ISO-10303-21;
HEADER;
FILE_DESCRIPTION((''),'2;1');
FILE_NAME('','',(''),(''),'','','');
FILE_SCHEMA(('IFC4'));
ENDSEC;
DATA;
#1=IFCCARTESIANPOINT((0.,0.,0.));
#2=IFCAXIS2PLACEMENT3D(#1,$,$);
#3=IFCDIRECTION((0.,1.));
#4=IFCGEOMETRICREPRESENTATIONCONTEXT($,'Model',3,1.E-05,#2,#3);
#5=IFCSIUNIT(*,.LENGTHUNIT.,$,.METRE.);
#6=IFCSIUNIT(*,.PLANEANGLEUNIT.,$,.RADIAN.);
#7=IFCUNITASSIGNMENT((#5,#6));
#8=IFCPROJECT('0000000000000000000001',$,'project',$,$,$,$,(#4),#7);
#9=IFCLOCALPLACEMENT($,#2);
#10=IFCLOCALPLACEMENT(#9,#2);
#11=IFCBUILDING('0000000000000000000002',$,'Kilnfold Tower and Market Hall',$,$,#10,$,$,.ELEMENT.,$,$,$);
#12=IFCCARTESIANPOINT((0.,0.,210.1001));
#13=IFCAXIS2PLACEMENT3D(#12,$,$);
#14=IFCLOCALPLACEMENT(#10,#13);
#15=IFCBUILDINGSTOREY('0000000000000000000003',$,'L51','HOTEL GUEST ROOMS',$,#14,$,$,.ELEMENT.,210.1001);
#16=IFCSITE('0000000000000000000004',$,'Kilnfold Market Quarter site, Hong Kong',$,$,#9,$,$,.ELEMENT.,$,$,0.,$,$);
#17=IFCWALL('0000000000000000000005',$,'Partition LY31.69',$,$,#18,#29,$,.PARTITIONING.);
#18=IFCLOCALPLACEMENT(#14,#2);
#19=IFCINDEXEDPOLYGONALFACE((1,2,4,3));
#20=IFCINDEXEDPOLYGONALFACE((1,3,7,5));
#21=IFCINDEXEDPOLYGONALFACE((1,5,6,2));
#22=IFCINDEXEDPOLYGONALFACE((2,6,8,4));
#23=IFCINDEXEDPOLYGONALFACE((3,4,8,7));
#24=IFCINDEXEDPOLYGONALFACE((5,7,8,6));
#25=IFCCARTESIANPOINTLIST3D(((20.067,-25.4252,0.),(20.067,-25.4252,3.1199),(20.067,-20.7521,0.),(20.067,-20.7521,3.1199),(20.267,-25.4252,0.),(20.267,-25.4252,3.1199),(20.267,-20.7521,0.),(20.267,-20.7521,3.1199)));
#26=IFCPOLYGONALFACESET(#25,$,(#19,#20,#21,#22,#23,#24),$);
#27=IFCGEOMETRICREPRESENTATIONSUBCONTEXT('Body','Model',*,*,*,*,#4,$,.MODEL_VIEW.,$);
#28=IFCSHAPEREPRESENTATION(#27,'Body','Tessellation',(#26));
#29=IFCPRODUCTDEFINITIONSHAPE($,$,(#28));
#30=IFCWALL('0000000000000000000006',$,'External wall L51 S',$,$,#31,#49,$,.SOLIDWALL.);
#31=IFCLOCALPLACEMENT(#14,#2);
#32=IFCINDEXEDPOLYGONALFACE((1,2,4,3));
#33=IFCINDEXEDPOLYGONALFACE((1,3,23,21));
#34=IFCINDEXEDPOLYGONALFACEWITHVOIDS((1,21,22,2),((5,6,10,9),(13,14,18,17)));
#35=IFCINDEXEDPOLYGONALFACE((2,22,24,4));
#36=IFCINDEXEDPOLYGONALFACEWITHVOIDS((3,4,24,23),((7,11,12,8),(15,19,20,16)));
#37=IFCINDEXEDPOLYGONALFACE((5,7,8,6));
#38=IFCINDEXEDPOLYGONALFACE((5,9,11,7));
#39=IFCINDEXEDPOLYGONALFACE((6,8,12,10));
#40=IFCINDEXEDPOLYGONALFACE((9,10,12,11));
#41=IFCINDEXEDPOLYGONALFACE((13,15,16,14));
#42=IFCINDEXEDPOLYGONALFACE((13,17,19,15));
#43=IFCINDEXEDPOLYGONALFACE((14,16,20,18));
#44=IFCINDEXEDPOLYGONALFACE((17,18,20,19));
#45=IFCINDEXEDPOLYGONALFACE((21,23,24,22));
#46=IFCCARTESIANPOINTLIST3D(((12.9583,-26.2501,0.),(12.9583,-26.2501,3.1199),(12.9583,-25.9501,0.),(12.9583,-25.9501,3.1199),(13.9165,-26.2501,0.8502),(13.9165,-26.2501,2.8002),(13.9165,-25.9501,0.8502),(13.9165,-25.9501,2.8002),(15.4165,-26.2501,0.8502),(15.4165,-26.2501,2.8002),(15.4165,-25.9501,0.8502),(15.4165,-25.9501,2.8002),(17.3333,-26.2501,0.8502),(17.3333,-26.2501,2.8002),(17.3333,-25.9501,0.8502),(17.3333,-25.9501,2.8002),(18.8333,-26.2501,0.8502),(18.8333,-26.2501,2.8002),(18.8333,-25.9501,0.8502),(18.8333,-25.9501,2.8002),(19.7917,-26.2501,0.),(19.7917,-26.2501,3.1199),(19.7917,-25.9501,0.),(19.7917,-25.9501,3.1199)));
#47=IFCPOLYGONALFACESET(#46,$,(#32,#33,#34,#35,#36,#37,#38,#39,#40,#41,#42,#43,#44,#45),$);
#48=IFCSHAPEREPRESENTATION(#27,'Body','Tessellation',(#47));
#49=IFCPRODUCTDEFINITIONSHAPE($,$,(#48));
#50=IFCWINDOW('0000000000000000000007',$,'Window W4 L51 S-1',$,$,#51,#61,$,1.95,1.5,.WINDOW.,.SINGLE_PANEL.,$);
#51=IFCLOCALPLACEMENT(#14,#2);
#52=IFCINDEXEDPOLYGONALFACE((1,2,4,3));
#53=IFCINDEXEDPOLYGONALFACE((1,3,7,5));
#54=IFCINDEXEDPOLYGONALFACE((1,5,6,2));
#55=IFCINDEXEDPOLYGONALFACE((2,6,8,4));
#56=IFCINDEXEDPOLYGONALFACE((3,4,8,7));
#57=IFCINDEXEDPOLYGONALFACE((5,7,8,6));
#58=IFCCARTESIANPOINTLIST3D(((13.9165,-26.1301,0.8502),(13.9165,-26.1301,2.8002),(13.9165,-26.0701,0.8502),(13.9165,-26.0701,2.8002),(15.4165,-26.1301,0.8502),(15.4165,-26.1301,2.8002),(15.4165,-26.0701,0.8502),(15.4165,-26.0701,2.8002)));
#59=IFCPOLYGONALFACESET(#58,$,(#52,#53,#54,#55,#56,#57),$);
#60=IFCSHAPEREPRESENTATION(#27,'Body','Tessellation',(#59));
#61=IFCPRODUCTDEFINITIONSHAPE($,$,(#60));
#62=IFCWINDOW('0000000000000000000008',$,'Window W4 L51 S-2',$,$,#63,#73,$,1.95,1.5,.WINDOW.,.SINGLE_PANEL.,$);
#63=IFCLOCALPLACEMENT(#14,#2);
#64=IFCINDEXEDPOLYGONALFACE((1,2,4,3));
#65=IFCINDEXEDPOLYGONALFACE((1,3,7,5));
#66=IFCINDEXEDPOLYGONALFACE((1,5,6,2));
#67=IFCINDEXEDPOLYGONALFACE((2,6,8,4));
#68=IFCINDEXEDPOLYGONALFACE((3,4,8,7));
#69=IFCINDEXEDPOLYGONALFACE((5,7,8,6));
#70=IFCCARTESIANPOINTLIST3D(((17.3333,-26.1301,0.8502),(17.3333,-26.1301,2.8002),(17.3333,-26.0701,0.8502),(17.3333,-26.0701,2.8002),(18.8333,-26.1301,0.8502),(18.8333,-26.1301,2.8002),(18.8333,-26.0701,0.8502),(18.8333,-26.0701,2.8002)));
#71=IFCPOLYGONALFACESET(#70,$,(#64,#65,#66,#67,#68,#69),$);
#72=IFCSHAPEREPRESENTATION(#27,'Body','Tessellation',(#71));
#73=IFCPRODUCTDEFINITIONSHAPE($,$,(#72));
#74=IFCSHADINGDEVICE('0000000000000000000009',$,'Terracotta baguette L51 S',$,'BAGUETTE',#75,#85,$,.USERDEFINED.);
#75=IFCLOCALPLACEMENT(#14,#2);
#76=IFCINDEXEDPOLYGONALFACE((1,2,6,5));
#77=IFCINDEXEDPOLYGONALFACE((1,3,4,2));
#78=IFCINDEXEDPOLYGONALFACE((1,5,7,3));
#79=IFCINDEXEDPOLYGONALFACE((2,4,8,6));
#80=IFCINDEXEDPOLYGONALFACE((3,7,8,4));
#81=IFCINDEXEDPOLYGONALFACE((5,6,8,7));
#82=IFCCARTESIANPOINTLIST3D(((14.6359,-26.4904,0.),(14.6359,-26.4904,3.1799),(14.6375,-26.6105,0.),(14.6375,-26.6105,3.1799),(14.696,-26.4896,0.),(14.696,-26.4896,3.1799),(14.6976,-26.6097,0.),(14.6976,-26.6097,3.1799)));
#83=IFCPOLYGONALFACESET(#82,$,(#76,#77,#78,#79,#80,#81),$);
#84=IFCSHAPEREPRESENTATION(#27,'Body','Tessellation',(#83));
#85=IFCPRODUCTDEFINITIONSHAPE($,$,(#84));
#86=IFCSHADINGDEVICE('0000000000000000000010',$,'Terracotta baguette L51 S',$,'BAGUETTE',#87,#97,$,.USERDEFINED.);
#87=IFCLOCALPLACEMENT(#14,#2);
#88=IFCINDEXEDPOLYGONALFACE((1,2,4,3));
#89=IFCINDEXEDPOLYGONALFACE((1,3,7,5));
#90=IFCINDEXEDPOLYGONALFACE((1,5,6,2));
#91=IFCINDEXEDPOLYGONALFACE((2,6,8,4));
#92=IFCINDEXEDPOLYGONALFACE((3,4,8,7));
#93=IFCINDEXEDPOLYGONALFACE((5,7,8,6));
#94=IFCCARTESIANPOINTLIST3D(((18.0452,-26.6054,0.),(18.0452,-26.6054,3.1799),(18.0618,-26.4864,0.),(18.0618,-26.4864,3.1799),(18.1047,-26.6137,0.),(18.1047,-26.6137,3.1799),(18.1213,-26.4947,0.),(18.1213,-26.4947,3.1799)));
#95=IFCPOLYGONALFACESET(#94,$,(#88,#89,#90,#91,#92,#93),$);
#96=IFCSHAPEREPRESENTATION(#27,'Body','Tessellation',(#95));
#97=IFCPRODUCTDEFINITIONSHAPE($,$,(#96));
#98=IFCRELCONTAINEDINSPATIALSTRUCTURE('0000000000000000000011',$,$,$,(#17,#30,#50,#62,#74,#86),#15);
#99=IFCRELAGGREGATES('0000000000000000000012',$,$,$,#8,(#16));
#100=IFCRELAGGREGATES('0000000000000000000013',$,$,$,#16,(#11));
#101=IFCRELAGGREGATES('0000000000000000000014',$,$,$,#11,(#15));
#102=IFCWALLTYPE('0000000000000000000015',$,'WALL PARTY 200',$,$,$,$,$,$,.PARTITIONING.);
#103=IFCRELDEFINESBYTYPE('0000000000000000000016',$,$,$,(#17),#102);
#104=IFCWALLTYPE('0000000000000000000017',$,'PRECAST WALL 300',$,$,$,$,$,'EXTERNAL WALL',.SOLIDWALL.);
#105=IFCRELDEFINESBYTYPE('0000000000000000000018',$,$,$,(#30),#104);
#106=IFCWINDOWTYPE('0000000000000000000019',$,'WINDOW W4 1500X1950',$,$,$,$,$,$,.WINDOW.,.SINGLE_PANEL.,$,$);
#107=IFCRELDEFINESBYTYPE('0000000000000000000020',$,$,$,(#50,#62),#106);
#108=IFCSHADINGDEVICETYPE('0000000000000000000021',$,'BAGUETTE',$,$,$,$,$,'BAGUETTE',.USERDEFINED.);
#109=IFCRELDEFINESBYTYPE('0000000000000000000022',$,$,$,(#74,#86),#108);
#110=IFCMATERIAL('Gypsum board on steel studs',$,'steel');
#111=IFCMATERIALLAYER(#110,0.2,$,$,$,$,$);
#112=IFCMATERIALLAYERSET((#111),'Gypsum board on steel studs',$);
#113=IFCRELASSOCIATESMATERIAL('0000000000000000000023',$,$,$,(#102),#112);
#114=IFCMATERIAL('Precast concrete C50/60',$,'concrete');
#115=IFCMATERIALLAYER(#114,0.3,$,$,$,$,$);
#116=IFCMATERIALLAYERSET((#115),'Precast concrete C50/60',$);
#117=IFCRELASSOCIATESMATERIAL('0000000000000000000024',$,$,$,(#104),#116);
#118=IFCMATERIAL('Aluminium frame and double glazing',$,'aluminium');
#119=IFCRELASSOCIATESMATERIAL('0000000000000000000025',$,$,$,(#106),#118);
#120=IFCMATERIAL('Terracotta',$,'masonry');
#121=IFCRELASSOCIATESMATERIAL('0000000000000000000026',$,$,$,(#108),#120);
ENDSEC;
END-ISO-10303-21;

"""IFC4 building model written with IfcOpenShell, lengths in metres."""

from ifc_helpers import new_model, si_unit, direction, frame, frame_2d, origin, origin_2d, place, context, subcontext, project, spatial, rectangle, extrude, source, transform, mapped, material, layer, layer_set, material_profile, profile_set, type_object, element, fill, save


model = new_model("IFC4")

# Units and contexts
model_context = context("Model", 3, precision=1e-05, world=origin(), true_north=direction((0.0, 1.0)))
body_context = subcontext(model_context, "Body", "Model", "MODEL_VIEW")
ifc_project = project(units=[si_unit("LENGTHUNIT", "METRE"), si_unit("PLANEANGLEUNIT", "RADIAN")], contexts=[model_context])

# Site, building, storey
site_placement = place(None, origin())
site = spatial("IfcSite", under=ifc_project, at=site_placement, Name="Kilnfold Market Quarter site, Hong Kong", CompositionType="ELEMENT", RefElevation=0.0)
building_placement = place(site_placement, origin())
building = spatial("IfcBuilding", under=site, at=building_placement, Name="Kilnfold Tower and Market Hall", CompositionType="ELEMENT")
storey_placement = place(building_placement, frame((0.0, 0.0, 210.1001)))
storey = spatial("IfcBuildingStorey", under=building, at=storey_placement, Name="L51", Description="HOTEL GUEST ROOMS", CompositionType="ELEMENT", Elevation=210.1001)

# Wall
ifc_material_1 = material(Name="Gypsum board on steel studs", Category="steel")
ifc_layer_1 = layer(ifc_material_1, 0.2)
ifc_layer_set_1 = layer_set([ifc_layer_1], Name="Gypsum board on steel studs")
wall_type_1 = type_object("IfcWallType", Name="WALL PARTY 200", PredefinedType="PARTITIONING", material=ifc_layer_set_1)
wall_1_placement = place(storey_placement, frame((20.167, -25.425, 0.0), z_axis=(0.0, 0.0, 1.0), x_axis=(0.0, 1.0, 0.0)))
element("IfcWall", 1, at=wall_1_placement, inside=storey, type_object=wall_type_1, Name="Partition LY31.69", PredefinedType="PARTITIONING", context=body_context, shape_type="SweptSolid", body=[
    extrude(rectangle(XDim=4.6731, YDim=0.2, at=frame_2d((2.3364, 0.0))), origin(), (0.0, 0.0, 1.0), 3.1199),
])

# Wall, openings, windows
ifc_material_2 = material(Name="Precast concrete C50/60", Category="concrete")
ifc_layer_2 = layer(ifc_material_2, 0.3)
ifc_layer_set_2 = layer_set([ifc_layer_2], Name="Precast concrete C50/60")
wall_type_2 = type_object("IfcWallType", Name="PRECAST WALL 300", ElementType="EXTERNAL WALL", PredefinedType="SOLIDWALL", material=ifc_layer_set_2)
shared_shape_1 = source(origin(), body_context, "Body", "SweptSolid", [
    extrude(rectangle(XDim=6.8335, YDim=0.3, at=frame_2d((3.4167, 0.0))), origin(), (0.0, 0.0, 1.0), 3.1199),
])
wall_2_placement = place(storey_placement, frame((12.9583, -26.1001, 0.0), z_axis=(0.0, 0.0, 1.0), x_axis=(1.0, 0.0, 0.0)))
wall_2 = element("IfcWall", 2, at=wall_2_placement, inside=storey, type_object=wall_type_2, Name="External wall L51 S", PredefinedType="SOLIDWALL", context=body_context, shape_type="MappedRepresentation", body=[
    mapped(shared_shape_1, transform((0.0, 0.0, 0.0))),
])
opening_1_placement = place(wall_2_placement, frame((0.9583, 0.0, 0.8501)))
opening_1 = element("IfcOpeningElement", 3, at=opening_1_placement, cuts=wall_2, PredefinedType="OPENING", context=body_context, shape_type="SweptSolid", body=[
    extrude(rectangle(XDim=1.5, YDim=1.95, at=frame_2d((0.75, 0.9751))), frame((0.0, 0.1602, 0.0), z_axis=(0.0, -1.0, 0.0), x_axis=(1.0, 0.0, 0.0)), (0.0, 0.0, 1.0), 0.3201),
])
opening_2_placement = place(wall_2_placement, frame((4.375, 0.0, 0.8501)))
opening_2 = element("IfcOpeningElement", 4, at=opening_2_placement, cuts=wall_2, PredefinedType="OPENING", context=body_context, shape_type="SweptSolid", body=[
    extrude(rectangle(XDim=1.5, YDim=1.95, at=frame_2d((0.75, 0.9751))), frame((0.0, 0.1602, 0.0), z_axis=(0.0, -1.0, 0.0), x_axis=(1.0, 0.0, 0.0)), (0.0, 0.0, 1.0), 0.3201),
])
ifc_material_3 = material(Name="Aluminium frame and double glazing", Category="aluminium")
window_type = type_object("IfcWindowType", Name="WINDOW W4 1500X1950", PartitioningType="SINGLE_PANEL", PredefinedType="WINDOW", material=ifc_material_3)
window_1_placement = place(opening_1_placement, origin())
window_1 = element("IfcWindow", 5, at=window_1_placement, inside=storey, type_object=window_type, Name="Window W4 L51 S-1", OverallHeight=1.95, OverallWidth=1.5, PartitioningType="SINGLE_PANEL", PredefinedType="WINDOW", context=body_context, shape_type="SweptSolid", body=[
    extrude(rectangle(XDim=1.5, YDim=1.95, at=frame_2d((0.75, 0.9751))), frame((0.0, 0.03, 0.0), z_axis=(0.0, -1.0, 0.0), x_axis=(1.0, 0.0, 0.0)), (0.0, 0.0, 1.0), 0.0601),
])
fill(opening_1, window_1)
window_2_placement = place(opening_2_placement, origin())
window_2 = element("IfcWindow", 6, at=window_2_placement, inside=storey, type_object=window_type, Name="Window W4 L51 S-2", OverallHeight=1.95, OverallWidth=1.5, PartitioningType="SINGLE_PANEL", PredefinedType="WINDOW", context=body_context, shape_type="SweptSolid", body=[
    extrude(rectangle(XDim=1.5, YDim=1.95, at=frame_2d((0.75, 0.9751))), frame((0.0, 0.03, 0.0), z_axis=(0.0, -1.0, 0.0), x_axis=(1.0, 0.0, 0.0)), (0.0, 0.0, 1.0), 0.0601),
])
fill(opening_2, window_2)

# Shading devices
ifc_material_4 = material(Name="Terracotta", Category="masonry")
ifc_material_profile_1 = material_profile(ifc_material_4, rectangle(XDim=0.0601, YDim=0.1201, at=origin_2d()), Name="BAG 60x120")
ifc_profile_set_1 = profile_set([ifc_material_profile_1], Name="Terracotta")
shading_device_type = type_object("IfcShadingDeviceType", Name="BAGUETTE", ElementType="BAGUETTE", PredefinedType="USERDEFINED", material=ifc_profile_set_1)
shared_shape_2 = source(origin(), body_context, "Body", "SweptSolid", [
    extrude(rectangle(XDim=0.0601, YDim=0.1201, at=origin_2d()), origin(), (0.0, 0.0, 1.0), 3.1799),
])
for number, where, z_axis, x_axis, name in (
    (7, (14.6667, -26.55, 0.0), (0.0, 0.0, 1.0), (0.999908, 0.013597, 0.0), "Terracotta baguette L51 S"),
    (8, (18.0833, -26.55, 0.0), (0.0, 0.0, 1.0), (0.990444, -0.137916, 0.0), "Terracotta baguette L51 S"),
):
    element("IfcShadingDevice", number, at=place(storey_placement, frame(where, z_axis=z_axis, x_axis=x_axis)), inside=storey, type_object=shading_device_type, Name=name, ObjectType="BAGUETTE", PredefinedType="USERDEFINED", context=body_context, shape_type="MappedRepresentation", body=[
        mapped(shared_shape_2, transform((0.0, 0.0, 0.0))),
    ])

save(model, "model.ifc")
